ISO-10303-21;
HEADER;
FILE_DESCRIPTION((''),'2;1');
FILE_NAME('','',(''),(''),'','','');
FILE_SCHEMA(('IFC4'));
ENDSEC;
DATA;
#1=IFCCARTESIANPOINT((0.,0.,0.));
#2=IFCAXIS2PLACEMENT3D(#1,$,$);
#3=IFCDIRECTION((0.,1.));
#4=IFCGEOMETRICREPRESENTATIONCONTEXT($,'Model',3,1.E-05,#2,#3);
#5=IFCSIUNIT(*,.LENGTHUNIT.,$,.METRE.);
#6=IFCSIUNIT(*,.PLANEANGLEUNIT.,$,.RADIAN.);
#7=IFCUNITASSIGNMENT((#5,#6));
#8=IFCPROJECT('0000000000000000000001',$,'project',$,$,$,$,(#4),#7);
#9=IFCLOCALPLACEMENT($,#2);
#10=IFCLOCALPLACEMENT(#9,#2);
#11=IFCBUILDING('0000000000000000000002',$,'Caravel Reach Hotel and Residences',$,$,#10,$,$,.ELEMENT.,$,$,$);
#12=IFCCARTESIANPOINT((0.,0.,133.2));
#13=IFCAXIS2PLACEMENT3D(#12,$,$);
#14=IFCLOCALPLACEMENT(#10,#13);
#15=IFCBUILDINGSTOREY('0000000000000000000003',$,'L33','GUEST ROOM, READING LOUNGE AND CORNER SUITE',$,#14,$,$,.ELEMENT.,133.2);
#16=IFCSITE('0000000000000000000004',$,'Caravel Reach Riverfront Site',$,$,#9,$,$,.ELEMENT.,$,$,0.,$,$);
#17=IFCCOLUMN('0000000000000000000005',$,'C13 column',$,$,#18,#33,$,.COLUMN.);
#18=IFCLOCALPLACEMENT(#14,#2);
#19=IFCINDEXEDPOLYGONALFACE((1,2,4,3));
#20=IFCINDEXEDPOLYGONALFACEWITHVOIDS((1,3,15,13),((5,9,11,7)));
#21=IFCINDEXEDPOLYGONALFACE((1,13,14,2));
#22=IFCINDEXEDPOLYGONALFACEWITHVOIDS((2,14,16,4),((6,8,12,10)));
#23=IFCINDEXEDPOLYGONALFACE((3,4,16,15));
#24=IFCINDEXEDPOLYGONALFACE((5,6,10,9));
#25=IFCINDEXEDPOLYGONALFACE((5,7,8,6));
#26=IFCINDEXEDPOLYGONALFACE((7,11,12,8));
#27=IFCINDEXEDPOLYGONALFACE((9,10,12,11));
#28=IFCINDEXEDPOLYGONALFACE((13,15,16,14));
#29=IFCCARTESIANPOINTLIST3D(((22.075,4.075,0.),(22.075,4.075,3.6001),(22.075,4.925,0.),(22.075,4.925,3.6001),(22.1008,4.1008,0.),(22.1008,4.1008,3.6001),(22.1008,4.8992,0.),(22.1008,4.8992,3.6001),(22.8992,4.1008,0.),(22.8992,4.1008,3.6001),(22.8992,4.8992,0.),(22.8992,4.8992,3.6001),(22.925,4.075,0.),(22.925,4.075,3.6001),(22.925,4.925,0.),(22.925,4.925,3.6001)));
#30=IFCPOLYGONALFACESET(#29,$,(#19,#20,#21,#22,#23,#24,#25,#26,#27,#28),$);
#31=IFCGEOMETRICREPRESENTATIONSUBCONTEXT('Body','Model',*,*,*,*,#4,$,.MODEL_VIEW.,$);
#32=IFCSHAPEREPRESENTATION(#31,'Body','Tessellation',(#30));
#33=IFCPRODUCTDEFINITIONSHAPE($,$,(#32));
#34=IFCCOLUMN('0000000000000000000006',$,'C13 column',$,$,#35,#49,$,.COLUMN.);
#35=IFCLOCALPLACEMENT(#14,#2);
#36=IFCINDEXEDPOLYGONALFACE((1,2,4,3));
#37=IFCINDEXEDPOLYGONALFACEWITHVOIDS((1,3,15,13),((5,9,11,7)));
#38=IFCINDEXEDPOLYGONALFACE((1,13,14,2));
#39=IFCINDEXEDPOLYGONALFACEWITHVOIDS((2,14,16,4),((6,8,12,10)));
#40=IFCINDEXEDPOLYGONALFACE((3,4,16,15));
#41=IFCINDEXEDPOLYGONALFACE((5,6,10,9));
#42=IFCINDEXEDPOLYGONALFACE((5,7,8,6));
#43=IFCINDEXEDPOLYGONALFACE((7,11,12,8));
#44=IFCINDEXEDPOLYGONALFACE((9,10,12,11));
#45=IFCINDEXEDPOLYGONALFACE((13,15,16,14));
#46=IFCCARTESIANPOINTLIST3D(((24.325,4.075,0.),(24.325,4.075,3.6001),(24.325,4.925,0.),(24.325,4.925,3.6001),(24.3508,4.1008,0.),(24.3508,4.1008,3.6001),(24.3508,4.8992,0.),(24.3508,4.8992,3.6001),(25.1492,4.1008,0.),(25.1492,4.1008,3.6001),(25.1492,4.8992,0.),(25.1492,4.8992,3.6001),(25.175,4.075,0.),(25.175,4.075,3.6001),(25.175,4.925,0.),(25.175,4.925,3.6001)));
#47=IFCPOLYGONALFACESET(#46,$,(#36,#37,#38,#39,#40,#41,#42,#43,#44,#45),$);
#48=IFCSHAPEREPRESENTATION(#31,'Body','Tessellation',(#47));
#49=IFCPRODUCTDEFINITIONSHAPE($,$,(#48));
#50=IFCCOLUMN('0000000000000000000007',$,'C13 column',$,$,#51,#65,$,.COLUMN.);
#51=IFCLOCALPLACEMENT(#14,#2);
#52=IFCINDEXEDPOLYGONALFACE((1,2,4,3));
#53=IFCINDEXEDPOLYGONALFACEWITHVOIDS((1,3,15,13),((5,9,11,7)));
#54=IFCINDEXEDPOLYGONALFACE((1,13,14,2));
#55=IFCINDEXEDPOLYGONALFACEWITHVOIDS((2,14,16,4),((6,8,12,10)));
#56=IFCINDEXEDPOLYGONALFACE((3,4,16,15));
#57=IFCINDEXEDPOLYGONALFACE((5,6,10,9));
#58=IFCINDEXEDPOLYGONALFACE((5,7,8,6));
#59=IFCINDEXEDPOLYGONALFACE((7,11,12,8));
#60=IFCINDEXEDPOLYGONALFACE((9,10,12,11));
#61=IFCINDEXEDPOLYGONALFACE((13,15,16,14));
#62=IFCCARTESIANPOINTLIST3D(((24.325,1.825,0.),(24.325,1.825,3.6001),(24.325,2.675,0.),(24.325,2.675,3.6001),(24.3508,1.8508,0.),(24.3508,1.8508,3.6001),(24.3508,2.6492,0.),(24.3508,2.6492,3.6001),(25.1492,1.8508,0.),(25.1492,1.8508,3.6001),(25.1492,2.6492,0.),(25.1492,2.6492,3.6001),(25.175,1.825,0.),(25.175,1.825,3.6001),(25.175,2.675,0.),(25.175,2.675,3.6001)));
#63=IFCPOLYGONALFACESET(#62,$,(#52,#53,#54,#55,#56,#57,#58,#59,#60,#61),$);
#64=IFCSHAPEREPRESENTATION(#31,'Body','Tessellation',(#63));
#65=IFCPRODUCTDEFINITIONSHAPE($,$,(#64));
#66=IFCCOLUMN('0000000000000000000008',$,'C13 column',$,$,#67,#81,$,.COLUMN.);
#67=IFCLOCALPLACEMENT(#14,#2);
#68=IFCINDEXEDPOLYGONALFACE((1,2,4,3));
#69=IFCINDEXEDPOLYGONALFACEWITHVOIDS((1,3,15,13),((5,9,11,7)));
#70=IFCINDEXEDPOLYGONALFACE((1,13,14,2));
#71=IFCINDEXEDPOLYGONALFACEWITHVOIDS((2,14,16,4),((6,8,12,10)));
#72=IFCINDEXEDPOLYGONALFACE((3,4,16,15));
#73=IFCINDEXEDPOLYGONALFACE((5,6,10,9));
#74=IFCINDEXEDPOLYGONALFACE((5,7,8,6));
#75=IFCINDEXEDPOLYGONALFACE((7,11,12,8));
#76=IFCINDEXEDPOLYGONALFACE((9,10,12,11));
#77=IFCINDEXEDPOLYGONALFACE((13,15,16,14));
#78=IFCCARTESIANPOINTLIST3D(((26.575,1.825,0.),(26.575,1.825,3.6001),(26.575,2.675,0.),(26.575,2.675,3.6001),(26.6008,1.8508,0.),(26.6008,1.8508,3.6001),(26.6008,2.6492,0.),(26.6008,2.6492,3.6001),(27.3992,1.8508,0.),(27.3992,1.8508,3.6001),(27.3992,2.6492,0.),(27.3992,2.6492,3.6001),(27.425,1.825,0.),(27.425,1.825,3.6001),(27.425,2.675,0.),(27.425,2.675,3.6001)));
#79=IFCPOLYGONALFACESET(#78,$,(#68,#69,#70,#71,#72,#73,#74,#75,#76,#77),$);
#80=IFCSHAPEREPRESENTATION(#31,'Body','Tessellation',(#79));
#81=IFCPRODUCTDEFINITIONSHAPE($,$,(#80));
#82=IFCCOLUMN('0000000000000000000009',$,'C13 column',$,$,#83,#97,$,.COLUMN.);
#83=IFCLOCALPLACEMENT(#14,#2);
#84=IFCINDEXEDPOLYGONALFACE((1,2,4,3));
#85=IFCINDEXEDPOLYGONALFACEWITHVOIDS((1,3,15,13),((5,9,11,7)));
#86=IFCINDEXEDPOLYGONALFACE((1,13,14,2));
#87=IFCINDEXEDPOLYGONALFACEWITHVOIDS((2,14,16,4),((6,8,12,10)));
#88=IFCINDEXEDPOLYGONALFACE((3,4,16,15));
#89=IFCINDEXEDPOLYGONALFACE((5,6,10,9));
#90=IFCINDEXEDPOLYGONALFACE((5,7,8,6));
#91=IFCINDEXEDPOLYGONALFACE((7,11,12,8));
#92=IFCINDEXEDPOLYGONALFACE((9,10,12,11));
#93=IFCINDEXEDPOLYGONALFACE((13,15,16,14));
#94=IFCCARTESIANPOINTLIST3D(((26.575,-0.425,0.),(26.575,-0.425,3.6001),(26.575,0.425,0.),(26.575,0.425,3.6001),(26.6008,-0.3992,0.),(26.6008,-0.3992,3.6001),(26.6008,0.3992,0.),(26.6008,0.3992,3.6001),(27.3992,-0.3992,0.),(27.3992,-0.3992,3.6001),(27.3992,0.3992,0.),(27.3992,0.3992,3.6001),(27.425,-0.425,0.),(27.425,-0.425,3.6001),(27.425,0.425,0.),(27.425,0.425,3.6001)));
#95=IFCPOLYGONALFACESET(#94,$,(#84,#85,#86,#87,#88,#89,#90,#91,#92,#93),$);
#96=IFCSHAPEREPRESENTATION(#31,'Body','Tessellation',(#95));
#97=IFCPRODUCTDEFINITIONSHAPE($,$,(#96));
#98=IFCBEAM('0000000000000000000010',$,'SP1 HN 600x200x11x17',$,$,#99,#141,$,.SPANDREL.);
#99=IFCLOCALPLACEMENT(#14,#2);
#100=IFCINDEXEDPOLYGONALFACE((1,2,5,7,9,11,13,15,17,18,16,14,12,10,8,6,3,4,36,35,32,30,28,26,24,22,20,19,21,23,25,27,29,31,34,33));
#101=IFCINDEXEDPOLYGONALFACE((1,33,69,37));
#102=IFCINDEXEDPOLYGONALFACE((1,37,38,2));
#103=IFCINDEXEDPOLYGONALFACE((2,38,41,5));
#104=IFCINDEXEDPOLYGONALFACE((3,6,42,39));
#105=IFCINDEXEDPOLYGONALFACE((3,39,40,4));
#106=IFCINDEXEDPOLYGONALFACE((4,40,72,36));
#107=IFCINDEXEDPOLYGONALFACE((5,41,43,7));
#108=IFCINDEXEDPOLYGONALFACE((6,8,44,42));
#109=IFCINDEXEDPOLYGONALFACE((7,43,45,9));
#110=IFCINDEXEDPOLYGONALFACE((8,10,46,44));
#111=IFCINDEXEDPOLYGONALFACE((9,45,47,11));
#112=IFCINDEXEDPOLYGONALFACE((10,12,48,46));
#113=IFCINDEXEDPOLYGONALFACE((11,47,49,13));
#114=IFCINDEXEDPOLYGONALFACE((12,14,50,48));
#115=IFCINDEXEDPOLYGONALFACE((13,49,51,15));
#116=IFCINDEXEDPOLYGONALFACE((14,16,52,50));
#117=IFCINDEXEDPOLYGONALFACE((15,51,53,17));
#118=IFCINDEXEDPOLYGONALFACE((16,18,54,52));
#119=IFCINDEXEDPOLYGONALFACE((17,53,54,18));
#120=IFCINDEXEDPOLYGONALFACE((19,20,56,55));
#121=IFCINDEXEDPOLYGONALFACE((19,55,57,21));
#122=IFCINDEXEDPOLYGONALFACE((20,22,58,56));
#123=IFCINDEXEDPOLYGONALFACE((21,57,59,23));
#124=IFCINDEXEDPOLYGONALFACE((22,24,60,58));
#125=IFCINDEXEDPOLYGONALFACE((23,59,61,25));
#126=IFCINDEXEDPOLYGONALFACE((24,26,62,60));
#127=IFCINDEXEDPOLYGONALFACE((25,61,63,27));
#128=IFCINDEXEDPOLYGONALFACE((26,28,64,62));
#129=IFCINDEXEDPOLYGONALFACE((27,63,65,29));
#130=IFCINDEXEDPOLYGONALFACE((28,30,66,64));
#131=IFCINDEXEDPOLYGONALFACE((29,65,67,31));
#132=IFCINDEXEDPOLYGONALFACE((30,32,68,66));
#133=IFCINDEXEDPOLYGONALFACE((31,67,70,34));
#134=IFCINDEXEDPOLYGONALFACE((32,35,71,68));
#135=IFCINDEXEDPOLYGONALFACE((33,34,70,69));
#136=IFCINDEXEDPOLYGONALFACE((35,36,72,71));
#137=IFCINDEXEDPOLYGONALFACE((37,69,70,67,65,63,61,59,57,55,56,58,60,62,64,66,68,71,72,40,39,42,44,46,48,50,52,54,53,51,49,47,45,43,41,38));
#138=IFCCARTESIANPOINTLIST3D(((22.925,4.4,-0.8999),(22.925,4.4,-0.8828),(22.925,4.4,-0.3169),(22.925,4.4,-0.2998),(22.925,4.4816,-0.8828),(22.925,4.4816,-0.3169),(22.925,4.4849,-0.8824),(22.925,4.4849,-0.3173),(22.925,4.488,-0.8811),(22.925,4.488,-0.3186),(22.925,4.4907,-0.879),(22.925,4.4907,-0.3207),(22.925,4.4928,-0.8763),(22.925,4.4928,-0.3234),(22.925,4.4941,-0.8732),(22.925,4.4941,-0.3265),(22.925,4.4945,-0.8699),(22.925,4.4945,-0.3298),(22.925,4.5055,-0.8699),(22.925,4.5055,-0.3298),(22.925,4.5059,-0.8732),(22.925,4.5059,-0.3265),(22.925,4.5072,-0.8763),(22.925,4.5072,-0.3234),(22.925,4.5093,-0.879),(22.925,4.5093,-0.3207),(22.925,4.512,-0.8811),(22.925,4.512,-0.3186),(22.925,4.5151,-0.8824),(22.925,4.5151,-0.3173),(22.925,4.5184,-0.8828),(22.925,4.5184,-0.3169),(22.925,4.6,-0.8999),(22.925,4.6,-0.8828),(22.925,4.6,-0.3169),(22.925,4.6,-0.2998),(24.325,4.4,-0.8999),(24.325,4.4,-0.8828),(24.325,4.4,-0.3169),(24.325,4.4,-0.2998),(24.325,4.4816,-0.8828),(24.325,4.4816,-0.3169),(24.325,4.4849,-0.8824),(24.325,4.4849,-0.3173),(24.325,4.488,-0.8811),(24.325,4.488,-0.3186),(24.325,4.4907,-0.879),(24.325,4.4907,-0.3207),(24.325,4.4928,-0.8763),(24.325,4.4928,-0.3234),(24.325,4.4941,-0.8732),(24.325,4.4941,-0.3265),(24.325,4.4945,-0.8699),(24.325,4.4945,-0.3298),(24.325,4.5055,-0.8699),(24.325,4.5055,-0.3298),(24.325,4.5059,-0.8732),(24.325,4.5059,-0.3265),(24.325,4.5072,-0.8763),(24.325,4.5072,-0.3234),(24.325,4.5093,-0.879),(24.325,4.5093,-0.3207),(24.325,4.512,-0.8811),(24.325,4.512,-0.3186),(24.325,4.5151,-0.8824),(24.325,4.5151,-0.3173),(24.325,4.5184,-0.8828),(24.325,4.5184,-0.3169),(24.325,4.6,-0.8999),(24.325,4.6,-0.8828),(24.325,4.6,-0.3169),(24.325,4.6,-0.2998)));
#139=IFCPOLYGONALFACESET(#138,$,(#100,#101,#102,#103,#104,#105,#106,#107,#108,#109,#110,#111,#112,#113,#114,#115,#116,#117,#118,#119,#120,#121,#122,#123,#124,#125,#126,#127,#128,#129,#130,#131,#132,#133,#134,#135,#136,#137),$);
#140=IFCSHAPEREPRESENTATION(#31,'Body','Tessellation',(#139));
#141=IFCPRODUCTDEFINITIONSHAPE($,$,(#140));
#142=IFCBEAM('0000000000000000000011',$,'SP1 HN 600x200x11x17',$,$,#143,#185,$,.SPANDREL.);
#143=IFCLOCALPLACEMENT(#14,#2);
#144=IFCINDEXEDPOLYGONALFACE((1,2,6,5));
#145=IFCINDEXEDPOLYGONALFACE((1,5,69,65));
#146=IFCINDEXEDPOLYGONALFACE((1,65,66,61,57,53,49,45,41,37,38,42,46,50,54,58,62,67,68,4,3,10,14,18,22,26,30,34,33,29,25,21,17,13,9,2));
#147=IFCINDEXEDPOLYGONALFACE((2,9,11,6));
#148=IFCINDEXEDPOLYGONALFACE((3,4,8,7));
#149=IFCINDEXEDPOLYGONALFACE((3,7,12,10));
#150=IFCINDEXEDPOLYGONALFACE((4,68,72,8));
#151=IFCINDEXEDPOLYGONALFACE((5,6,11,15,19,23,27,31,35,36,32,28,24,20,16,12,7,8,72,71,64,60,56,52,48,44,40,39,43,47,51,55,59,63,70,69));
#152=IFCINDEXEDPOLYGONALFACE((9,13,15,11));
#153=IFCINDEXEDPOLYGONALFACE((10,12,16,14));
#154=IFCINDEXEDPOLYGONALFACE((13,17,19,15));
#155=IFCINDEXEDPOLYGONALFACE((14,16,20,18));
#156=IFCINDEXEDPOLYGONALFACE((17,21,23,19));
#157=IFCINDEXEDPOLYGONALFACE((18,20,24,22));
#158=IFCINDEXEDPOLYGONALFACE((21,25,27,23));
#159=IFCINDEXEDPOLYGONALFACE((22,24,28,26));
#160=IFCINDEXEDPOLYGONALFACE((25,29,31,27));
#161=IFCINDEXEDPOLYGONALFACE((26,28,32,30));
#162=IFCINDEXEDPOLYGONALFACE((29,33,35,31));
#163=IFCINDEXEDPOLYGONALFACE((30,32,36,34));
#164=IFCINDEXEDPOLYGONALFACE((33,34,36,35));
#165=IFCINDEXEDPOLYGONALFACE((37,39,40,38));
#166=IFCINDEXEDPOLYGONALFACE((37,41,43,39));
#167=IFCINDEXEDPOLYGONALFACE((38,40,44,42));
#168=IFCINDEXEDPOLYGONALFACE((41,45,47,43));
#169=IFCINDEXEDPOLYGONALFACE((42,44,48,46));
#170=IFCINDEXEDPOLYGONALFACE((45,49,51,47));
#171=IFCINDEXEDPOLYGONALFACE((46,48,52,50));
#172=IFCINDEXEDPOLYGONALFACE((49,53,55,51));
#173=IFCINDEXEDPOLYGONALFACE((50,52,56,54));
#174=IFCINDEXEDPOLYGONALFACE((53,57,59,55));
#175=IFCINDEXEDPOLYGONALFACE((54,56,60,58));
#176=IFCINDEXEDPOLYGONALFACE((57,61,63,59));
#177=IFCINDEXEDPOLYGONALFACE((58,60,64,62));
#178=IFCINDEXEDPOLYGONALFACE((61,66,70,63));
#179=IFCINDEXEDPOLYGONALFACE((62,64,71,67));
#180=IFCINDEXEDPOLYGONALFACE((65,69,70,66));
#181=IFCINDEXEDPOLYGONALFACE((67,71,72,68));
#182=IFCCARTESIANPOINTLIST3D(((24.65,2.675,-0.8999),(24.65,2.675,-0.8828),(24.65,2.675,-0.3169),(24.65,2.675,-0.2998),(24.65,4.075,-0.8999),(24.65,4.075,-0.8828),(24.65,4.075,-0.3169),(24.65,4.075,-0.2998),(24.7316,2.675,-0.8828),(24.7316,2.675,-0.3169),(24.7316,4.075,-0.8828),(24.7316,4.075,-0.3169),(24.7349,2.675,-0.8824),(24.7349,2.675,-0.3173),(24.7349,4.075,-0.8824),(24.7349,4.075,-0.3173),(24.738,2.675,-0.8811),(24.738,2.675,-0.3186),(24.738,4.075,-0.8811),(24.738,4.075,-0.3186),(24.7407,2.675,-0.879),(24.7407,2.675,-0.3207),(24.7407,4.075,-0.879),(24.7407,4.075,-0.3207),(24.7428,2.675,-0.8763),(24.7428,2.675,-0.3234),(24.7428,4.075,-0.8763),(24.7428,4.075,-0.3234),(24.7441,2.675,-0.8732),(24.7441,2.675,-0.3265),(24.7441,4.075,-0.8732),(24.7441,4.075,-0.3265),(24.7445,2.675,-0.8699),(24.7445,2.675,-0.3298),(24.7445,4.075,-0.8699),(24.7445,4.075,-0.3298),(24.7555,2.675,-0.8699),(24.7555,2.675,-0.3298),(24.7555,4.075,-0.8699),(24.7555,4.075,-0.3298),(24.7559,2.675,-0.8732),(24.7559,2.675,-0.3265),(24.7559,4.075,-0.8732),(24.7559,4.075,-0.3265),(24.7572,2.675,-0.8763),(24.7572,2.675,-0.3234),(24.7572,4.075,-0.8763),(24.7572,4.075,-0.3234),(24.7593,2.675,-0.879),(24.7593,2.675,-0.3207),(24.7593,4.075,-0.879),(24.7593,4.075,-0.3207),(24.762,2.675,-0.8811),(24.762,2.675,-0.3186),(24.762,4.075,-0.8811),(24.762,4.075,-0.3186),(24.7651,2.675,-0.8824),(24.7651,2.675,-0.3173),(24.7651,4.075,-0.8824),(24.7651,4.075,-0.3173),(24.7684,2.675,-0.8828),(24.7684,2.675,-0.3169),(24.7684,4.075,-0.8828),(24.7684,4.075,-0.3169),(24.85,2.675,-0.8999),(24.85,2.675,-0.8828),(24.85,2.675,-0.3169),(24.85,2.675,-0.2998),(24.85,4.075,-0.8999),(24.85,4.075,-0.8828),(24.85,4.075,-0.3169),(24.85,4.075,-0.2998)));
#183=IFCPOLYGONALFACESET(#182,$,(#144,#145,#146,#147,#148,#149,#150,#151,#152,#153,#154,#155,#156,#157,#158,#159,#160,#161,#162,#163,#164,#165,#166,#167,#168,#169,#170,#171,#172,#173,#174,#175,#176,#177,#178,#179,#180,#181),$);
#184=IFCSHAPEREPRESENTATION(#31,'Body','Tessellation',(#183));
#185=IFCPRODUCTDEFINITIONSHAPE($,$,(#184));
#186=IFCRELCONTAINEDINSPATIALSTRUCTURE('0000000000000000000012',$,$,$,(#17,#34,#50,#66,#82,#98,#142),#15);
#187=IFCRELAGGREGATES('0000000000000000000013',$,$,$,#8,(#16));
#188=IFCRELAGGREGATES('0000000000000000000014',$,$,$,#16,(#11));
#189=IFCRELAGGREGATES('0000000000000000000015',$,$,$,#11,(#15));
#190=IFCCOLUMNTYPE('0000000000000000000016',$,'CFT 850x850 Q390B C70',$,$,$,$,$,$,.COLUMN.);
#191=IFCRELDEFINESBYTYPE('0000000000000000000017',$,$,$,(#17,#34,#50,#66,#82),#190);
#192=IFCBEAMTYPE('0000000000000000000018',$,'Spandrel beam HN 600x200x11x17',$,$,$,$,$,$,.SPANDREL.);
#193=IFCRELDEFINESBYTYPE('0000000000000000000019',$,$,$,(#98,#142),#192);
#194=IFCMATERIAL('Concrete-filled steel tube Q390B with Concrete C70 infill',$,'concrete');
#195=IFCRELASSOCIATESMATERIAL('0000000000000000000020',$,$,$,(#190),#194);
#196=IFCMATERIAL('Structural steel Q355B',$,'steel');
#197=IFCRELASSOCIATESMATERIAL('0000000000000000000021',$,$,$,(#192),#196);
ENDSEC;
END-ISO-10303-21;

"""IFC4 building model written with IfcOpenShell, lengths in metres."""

from ifc_helpers import new_model, si_unit, direction, frame, origin, origin_2d, place, context, subcontext, project, spatial, hollow_rectangle, i_section, extrude, material, material_profile, profile_set, type_object, element, save


model = new_model("IFC4")

# Units and contexts
model_context = context("Model", 3, precision=1e-05, world=origin(), true_north=direction((0.0, 1.0)))
body_context = subcontext(model_context, "Body", "Model", "MODEL_VIEW")
ifc_project = project(units=[si_unit("LENGTHUNIT", "METRE"), si_unit("PLANEANGLEUNIT", "RADIAN")], contexts=[model_context])

# Site, building, storey
site_placement = place(None, origin())
site = spatial("IfcSite", under=ifc_project, at=site_placement, Name="Caravel Reach Riverfront Site", CompositionType="ELEMENT", RefElevation=0.0)
building_placement = place(site_placement, origin())
building = spatial("IfcBuilding", under=site, at=building_placement, Name="Caravel Reach Hotel and Residences", CompositionType="ELEMENT")
storey_placement = place(building_placement, frame((0.0, 0.0, 133.2)))
storey = spatial("IfcBuildingStorey", under=building, at=storey_placement, Name="L33", Description="GUEST ROOM, READING LOUNGE AND CORNER SUITE", CompositionType="ELEMENT", Elevation=133.2)

# Columns
ifc_material_1 = material(Name="Concrete-filled steel tube Q390B with Concrete C70 infill", Category="concrete")
ifc_material_profile_1 = material_profile(ifc_material_1, hollow_rectangle(XDim=0.8501, YDim=0.8501, WallThickness=0.0259, at=origin_2d()), Name="RHS 850x850x26")
ifc_profile_set_1 = profile_set([ifc_material_profile_1], Name="Concrete-filled steel tube Q390B with Concrete C70 infill")
column_type = type_object("IfcColumnType", Name="CFT 850x850 Q390B C70", PredefinedType="COLUMN", material=ifc_profile_set_1)
for number, where, z_axis, x_axis, name in (
    (1, (22.5, 4.5, 0.0), (0.0, 0.0, 1.0), (1.0, 0.0, 0.0), "C13 column"),
    (2, (24.75, 4.5, 0.0), (0.0, 0.0, 1.0), (1.0, 0.0, 0.0), "C13 column"),
    (3, (24.75, 2.25, 0.0), (0.0, 0.0, 1.0), (1.0, 0.0, 0.0), "C13 column"),
    (4, (27.0, 2.25, 0.0), (0.0, 0.0, 1.0), (1.0, 0.0, 0.0), "C13 column"),
    (5, (27.0, 0.0, 0.0), (0.0, 0.0, 1.0), (1.0, 0.0, 0.0), "C13 column"),
):
    element("IfcColumn", number, at=place(storey_placement, frame(where, z_axis=z_axis, x_axis=x_axis)), inside=storey, type_object=column_type, Name=name, PredefinedType="COLUMN", context=body_context, shape_type="SweptSolid", body=[
        extrude(hollow_rectangle(XDim=0.8501, YDim=0.8501, WallThickness=0.0259, at=origin_2d()), origin(), (0.0, 0.0, 1.0), 3.6001),
    ])

# Beams
ifc_material_2 = material(Name="Structural steel Q355B", Category="steel")
ifc_material_profile_2 = material_profile(ifc_material_2, i_section(OverallWidth=0.2, OverallDepth=0.6001, WebThickness=0.011, FlangeThickness=0.0171, FilletRadius=0.0129, at=origin_2d()), Name="HN 600x200x11x17")
ifc_profile_set_2 = profile_set([ifc_material_profile_2], Name="Structural steel Q355B")
beam_type = type_object("IfcBeamType", Name="Spandrel beam HN 600x200x11x17", PredefinedType="SPANDREL", material=ifc_profile_set_2)
for number, where, z_axis, x_axis, name in (
    (6, (22.925, 4.5, -0.5999), (1.0, 0.0, 0.0), (0.0, 1.0, 0.0), "SP1 HN 600x200x11x17"),
    (7, (24.75, 4.075, -0.5999), (0.0, -1.0, 0.0), (1.0, 0.0, 0.0), "SP1 HN 600x200x11x17"),
):
    element("IfcBeam", number, at=place(storey_placement, frame(where, z_axis=z_axis, x_axis=x_axis)), inside=storey, type_object=beam_type, Name=name, PredefinedType="SPANDREL", context=body_context, shape_type="SweptSolid", body=[
        extrude(i_section(OverallWidth=0.2, OverallDepth=0.6001, WebThickness=0.011, FlangeThickness=0.0171, FilletRadius=0.0129, at=origin_2d()), origin(), (0.0, 0.0, 1.0), 1.3999),
    ])

save(model, "model.ifc")
